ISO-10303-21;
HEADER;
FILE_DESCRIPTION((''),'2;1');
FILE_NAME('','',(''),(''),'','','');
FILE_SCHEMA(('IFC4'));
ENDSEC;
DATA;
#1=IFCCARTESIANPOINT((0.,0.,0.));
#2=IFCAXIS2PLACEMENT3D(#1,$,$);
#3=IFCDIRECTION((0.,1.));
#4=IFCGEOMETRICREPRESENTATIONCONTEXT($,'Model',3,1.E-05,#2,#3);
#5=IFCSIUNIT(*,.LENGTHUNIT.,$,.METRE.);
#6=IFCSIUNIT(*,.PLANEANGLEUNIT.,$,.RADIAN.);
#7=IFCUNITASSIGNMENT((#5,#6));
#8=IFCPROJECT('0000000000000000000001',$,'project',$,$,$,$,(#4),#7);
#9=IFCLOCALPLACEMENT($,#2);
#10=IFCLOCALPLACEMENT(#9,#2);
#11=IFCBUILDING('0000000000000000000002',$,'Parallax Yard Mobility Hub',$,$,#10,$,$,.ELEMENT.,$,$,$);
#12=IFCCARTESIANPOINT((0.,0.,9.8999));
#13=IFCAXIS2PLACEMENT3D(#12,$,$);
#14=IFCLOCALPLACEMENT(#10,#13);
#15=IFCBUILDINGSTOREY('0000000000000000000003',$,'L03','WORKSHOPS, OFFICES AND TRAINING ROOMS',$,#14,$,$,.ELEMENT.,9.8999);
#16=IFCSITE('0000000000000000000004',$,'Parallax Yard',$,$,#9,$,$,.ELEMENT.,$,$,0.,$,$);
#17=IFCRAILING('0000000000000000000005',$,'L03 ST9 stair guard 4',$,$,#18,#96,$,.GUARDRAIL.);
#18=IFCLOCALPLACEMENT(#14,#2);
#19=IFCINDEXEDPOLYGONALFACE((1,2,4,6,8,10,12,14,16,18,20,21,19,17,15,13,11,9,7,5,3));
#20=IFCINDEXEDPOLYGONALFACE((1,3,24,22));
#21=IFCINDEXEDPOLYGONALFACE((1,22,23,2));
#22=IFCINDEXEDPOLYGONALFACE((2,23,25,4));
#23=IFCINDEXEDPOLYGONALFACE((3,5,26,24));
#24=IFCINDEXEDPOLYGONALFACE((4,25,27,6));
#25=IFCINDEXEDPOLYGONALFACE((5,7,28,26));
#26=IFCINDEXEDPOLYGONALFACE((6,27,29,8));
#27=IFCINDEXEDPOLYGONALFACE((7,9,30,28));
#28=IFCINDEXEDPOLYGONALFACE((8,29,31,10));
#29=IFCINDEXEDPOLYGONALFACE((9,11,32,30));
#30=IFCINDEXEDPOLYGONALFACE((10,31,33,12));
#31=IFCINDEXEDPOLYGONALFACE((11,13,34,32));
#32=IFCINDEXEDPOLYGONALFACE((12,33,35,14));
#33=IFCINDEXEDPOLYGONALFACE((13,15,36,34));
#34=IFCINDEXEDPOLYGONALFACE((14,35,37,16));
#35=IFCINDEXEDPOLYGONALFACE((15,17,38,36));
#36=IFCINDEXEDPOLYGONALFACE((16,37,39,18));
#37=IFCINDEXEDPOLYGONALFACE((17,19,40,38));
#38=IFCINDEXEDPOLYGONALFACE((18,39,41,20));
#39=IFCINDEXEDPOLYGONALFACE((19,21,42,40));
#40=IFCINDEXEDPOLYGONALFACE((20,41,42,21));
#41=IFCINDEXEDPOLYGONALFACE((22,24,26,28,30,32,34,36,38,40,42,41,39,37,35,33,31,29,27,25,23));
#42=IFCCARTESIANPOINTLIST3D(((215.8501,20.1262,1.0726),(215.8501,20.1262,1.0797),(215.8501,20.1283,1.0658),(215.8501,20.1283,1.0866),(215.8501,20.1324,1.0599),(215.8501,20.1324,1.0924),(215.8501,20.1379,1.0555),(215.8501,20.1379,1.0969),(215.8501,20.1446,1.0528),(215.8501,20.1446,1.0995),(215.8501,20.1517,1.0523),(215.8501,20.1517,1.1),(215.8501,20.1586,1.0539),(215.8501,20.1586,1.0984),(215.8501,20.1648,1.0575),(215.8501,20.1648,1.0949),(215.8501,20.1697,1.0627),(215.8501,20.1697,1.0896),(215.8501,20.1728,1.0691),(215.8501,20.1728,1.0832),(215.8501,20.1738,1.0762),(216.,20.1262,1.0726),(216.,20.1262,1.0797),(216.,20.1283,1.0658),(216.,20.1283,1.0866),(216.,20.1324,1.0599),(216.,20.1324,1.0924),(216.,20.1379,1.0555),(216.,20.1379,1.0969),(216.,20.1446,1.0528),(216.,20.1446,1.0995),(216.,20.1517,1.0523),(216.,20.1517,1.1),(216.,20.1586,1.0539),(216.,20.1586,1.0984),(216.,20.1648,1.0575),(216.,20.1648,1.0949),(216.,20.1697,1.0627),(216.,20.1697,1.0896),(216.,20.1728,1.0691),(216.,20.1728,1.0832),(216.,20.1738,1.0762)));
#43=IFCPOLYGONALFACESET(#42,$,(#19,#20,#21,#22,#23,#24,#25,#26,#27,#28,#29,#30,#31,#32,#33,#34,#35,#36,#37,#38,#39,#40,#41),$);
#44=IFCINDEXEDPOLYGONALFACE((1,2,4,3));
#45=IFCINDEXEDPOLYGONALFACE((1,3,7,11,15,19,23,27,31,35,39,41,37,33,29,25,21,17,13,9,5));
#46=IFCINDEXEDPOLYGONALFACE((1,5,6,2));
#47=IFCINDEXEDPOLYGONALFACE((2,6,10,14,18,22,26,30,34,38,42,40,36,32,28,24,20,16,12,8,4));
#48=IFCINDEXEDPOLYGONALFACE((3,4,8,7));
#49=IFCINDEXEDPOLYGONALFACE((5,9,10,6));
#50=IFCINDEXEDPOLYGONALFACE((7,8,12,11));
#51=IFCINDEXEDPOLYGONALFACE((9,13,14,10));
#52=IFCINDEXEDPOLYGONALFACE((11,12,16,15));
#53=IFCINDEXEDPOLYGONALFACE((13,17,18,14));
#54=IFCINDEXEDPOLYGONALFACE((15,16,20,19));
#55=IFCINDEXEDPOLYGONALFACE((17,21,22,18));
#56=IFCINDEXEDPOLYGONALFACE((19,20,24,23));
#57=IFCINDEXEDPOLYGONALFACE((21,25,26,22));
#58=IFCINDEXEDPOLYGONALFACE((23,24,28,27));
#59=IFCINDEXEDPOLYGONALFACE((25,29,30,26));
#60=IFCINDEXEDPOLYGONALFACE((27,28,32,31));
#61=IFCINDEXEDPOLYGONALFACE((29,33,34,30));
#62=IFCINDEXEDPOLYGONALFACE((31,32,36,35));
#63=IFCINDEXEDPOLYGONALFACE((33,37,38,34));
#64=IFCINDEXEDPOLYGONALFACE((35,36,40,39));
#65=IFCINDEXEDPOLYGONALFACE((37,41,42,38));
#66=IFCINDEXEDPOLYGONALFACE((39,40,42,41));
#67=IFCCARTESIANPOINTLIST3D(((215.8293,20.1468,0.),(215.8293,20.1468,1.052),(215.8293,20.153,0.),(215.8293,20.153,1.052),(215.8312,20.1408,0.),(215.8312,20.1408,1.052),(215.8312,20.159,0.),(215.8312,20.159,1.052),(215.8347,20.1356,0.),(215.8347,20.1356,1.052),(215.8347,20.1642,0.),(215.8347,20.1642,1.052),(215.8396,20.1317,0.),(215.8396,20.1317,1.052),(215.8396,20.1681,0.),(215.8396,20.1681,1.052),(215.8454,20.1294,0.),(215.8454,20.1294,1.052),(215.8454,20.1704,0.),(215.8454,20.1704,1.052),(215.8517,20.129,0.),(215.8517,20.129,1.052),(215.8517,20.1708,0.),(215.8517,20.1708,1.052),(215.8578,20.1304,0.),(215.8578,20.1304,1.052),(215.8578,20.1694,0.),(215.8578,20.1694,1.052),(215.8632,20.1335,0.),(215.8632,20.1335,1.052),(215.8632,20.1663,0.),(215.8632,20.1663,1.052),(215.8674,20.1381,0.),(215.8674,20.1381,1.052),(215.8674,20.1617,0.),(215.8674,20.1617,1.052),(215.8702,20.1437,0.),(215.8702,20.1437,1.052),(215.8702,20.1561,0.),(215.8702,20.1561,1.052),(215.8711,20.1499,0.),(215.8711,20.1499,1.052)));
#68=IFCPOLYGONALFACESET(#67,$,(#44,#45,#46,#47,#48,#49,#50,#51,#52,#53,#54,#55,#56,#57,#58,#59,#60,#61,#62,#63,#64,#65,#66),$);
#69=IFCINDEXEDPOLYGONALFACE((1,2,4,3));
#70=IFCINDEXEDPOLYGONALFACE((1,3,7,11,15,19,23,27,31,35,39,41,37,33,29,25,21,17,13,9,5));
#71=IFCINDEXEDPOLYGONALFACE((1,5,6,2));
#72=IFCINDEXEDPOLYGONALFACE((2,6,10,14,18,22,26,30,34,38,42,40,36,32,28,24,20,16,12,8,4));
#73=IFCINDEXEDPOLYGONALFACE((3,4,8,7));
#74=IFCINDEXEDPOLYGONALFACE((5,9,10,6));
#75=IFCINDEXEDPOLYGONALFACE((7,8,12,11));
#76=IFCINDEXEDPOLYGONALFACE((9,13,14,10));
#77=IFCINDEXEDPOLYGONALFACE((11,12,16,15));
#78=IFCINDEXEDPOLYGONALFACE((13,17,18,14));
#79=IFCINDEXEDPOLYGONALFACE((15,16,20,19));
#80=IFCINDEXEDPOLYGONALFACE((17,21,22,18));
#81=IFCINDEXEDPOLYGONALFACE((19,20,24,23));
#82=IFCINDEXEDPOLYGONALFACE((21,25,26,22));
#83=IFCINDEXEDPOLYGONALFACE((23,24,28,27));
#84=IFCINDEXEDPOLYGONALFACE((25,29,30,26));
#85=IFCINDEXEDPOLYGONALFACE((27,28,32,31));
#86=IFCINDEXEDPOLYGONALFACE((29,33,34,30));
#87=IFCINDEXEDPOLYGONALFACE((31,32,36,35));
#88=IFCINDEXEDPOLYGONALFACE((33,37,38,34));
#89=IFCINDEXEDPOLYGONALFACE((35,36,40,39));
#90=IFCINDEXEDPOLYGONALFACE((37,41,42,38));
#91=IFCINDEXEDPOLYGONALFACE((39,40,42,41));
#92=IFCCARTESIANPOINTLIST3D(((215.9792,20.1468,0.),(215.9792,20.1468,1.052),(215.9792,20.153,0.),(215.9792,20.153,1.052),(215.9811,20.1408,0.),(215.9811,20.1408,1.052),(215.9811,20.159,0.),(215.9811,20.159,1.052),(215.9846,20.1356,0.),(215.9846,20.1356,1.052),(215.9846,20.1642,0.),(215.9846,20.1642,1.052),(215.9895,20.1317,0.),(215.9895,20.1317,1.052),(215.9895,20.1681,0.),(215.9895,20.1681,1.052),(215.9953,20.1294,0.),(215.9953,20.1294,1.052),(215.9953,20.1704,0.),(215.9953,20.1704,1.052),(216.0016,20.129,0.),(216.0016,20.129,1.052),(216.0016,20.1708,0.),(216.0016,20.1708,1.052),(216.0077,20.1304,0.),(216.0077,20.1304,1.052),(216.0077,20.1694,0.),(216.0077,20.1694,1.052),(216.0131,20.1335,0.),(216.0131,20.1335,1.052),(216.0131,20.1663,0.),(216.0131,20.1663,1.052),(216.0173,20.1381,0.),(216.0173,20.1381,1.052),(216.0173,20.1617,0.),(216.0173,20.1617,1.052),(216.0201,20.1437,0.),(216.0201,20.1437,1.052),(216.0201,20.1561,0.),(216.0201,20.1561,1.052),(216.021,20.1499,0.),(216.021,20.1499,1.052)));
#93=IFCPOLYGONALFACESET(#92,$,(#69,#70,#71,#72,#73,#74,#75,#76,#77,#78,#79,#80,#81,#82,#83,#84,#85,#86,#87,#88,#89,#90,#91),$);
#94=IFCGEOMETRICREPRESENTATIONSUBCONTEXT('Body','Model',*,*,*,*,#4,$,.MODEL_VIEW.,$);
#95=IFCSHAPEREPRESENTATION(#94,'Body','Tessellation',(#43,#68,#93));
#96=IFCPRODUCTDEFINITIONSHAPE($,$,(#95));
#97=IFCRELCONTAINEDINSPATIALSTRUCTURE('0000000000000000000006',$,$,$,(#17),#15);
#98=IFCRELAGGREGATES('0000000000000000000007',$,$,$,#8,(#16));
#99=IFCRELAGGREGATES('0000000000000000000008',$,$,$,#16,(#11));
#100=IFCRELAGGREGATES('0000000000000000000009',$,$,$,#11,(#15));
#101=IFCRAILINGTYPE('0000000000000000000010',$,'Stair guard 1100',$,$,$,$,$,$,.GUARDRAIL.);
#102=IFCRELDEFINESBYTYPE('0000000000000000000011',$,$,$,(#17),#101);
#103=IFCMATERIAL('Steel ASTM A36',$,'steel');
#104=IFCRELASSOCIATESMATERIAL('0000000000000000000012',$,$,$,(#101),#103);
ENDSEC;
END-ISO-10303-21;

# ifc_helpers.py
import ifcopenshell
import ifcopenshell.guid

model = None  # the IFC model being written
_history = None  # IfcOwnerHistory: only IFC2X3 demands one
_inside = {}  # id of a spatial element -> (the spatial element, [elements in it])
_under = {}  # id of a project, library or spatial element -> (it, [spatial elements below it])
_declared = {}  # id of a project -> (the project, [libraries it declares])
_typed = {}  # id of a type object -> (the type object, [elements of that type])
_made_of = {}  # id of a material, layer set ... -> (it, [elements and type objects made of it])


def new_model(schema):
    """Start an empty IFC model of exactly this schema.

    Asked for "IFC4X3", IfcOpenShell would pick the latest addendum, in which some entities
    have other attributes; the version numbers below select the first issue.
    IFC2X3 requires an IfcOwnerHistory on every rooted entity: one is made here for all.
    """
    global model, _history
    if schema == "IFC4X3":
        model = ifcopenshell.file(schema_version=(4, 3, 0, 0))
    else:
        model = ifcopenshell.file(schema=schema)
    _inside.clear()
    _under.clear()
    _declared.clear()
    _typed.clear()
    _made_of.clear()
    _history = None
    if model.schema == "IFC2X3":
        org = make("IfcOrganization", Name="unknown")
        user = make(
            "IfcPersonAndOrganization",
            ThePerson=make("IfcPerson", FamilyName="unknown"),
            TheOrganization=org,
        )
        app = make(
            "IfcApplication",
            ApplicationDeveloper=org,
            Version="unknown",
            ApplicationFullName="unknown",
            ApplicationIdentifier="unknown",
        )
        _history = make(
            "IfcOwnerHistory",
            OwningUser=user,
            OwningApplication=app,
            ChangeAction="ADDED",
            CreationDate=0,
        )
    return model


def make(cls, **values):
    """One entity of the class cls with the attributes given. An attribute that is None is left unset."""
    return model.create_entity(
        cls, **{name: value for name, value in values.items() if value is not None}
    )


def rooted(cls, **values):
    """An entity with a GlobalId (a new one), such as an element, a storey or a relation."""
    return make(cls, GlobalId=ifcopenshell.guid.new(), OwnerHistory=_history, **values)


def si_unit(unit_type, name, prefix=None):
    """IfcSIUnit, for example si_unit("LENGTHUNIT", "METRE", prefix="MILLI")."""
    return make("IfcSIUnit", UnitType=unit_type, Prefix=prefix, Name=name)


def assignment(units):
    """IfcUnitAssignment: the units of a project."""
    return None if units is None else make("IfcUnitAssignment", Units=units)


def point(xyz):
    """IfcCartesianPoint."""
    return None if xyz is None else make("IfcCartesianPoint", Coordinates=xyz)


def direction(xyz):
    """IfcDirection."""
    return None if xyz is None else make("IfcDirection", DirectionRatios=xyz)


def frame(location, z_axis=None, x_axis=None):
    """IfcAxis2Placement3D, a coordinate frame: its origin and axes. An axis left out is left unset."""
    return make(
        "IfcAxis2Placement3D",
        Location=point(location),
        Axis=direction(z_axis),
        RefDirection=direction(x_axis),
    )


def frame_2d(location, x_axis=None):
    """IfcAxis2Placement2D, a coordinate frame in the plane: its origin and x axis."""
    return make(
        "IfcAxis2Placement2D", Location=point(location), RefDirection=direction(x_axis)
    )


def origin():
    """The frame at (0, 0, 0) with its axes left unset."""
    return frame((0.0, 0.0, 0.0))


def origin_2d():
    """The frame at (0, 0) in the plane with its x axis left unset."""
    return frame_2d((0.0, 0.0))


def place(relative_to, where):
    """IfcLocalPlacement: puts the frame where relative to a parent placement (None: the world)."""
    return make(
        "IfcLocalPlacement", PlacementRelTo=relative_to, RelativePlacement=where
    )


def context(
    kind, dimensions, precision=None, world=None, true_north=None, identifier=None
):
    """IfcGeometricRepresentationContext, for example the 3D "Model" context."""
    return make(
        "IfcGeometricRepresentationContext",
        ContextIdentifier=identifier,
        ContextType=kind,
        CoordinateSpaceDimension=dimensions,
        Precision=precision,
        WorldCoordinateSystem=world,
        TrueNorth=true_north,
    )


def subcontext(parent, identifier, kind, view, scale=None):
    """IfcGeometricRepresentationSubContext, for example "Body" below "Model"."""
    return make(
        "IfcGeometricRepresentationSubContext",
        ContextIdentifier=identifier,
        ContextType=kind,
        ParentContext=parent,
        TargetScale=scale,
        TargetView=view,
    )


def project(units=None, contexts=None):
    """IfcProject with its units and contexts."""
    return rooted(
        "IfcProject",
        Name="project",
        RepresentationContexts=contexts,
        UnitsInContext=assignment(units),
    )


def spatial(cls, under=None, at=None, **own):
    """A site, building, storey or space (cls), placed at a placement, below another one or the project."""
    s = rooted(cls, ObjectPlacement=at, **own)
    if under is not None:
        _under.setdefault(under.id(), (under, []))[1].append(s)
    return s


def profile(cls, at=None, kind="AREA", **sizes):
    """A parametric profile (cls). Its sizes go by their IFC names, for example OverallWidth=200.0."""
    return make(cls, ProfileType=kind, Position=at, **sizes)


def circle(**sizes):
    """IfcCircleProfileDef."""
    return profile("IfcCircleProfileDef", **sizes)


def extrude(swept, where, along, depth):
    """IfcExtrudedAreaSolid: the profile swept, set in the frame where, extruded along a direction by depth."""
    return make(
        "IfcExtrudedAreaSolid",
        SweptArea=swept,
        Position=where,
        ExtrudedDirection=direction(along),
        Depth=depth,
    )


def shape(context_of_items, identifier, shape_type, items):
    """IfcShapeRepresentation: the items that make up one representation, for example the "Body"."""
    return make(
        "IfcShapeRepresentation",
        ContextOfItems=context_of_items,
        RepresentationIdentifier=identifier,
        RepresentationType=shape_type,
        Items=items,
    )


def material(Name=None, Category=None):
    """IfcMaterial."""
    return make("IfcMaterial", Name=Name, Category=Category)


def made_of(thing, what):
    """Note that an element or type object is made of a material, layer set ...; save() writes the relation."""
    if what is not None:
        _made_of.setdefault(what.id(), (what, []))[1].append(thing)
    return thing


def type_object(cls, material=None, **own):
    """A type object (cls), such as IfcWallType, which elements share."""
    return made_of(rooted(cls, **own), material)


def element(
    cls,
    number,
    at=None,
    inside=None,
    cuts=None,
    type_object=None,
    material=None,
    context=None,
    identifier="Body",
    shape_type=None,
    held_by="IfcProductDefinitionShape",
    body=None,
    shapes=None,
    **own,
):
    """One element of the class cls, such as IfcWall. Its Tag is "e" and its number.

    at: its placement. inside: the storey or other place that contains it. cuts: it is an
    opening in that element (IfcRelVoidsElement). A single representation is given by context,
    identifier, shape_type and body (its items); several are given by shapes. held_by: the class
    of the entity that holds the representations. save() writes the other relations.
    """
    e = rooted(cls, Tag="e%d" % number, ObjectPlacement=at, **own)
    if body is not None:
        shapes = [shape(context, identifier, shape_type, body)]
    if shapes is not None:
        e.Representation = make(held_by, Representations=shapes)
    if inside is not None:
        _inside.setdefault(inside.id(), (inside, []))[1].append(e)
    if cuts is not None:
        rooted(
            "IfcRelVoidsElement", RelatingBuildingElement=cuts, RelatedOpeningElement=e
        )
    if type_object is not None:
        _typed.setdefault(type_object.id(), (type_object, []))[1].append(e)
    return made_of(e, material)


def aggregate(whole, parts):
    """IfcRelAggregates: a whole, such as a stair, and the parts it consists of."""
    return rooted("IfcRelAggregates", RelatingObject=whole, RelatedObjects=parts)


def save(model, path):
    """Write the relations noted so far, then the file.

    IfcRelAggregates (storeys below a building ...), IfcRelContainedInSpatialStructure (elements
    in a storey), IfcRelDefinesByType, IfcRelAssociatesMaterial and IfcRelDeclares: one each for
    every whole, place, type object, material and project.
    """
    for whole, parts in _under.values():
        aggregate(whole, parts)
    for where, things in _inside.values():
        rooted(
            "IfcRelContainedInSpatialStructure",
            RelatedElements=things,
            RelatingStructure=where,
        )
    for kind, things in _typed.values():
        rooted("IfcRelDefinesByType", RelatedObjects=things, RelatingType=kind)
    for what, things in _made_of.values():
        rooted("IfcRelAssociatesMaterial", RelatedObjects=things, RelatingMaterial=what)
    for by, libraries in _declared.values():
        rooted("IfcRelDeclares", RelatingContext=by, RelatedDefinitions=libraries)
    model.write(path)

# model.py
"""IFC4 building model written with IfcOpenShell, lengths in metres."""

from ifc_helpers import new_model, si_unit, direction, frame, origin, origin_2d, place, context, subcontext, project, spatial, circle, extrude, material, type_object, element, save


model = new_model("IFC4")

# Units and contexts
model_context = context("Model", 3, precision=1e-05, world=origin(), true_north=direction((0.0, 1.0)))
body_context = subcontext(model_context, "Body", "Model", "MODEL_VIEW")
ifc_project = project(units=[si_unit("LENGTHUNIT", "METRE"), si_unit("PLANEANGLEUNIT", "RADIAN")], contexts=[model_context])

# Site, building, storey
site_placement = place(None, origin())
site = spatial("IfcSite", under=ifc_project, at=site_placement, Name="Parallax Yard", CompositionType="ELEMENT", RefElevation=0.0)
building_placement = place(site_placement, origin())
building = spatial("IfcBuilding", under=site, at=building_placement, Name="Parallax Yard Mobility Hub", CompositionType="ELEMENT")
storey_placement = place(building_placement, frame((0.0, 0.0, 9.8999)))
storey = spatial("IfcBuildingStorey", under=building, at=storey_placement, Name="L03", Description="WORKSHOPS, OFFICES AND TRAINING ROOMS", CompositionType="ELEMENT", Elevation=9.8999)

# Railing
ifc_material_1 = material(Name="Steel ASTM A36", Category="steel")
railing_type_1 = type_object("IfcRailingType", Name="Stair guard 1100", PredefinedType="GUARDRAIL", material=ifc_material_1)
railing_1_placement = place(storey_placement, frame((215.8501, 20.1499, 0.0)))
element("IfcRailing", 1, at=railing_1_placement, inside=storey, type_object=railing_type_1, Name="L03 ST9 stair guard 4", PredefinedType="GUARDRAIL", context=body_context, shape_type="SweptSolid", body=[
    extrude(circle(Radius=0.0239, at=origin_2d()), frame((0.0, 0.0, 1.0762), z_axis=(1.0, 0.0, 0.0), x_axis=(0.0, 1.0, 0.0)), (0.0, 0.0, 1.0), 0.1499),
    extrude(circle(Radius=0.021, at=origin_2d()), origin(), (0.0, 0.0, 1.0), 1.052),
    extrude(circle(Radius=0.021, at=origin_2d()), frame((0.1499, 0.0, 0.0)), (0.0, 0.0, 1.0), 1.052),
])

save(model, "model.ifc")
